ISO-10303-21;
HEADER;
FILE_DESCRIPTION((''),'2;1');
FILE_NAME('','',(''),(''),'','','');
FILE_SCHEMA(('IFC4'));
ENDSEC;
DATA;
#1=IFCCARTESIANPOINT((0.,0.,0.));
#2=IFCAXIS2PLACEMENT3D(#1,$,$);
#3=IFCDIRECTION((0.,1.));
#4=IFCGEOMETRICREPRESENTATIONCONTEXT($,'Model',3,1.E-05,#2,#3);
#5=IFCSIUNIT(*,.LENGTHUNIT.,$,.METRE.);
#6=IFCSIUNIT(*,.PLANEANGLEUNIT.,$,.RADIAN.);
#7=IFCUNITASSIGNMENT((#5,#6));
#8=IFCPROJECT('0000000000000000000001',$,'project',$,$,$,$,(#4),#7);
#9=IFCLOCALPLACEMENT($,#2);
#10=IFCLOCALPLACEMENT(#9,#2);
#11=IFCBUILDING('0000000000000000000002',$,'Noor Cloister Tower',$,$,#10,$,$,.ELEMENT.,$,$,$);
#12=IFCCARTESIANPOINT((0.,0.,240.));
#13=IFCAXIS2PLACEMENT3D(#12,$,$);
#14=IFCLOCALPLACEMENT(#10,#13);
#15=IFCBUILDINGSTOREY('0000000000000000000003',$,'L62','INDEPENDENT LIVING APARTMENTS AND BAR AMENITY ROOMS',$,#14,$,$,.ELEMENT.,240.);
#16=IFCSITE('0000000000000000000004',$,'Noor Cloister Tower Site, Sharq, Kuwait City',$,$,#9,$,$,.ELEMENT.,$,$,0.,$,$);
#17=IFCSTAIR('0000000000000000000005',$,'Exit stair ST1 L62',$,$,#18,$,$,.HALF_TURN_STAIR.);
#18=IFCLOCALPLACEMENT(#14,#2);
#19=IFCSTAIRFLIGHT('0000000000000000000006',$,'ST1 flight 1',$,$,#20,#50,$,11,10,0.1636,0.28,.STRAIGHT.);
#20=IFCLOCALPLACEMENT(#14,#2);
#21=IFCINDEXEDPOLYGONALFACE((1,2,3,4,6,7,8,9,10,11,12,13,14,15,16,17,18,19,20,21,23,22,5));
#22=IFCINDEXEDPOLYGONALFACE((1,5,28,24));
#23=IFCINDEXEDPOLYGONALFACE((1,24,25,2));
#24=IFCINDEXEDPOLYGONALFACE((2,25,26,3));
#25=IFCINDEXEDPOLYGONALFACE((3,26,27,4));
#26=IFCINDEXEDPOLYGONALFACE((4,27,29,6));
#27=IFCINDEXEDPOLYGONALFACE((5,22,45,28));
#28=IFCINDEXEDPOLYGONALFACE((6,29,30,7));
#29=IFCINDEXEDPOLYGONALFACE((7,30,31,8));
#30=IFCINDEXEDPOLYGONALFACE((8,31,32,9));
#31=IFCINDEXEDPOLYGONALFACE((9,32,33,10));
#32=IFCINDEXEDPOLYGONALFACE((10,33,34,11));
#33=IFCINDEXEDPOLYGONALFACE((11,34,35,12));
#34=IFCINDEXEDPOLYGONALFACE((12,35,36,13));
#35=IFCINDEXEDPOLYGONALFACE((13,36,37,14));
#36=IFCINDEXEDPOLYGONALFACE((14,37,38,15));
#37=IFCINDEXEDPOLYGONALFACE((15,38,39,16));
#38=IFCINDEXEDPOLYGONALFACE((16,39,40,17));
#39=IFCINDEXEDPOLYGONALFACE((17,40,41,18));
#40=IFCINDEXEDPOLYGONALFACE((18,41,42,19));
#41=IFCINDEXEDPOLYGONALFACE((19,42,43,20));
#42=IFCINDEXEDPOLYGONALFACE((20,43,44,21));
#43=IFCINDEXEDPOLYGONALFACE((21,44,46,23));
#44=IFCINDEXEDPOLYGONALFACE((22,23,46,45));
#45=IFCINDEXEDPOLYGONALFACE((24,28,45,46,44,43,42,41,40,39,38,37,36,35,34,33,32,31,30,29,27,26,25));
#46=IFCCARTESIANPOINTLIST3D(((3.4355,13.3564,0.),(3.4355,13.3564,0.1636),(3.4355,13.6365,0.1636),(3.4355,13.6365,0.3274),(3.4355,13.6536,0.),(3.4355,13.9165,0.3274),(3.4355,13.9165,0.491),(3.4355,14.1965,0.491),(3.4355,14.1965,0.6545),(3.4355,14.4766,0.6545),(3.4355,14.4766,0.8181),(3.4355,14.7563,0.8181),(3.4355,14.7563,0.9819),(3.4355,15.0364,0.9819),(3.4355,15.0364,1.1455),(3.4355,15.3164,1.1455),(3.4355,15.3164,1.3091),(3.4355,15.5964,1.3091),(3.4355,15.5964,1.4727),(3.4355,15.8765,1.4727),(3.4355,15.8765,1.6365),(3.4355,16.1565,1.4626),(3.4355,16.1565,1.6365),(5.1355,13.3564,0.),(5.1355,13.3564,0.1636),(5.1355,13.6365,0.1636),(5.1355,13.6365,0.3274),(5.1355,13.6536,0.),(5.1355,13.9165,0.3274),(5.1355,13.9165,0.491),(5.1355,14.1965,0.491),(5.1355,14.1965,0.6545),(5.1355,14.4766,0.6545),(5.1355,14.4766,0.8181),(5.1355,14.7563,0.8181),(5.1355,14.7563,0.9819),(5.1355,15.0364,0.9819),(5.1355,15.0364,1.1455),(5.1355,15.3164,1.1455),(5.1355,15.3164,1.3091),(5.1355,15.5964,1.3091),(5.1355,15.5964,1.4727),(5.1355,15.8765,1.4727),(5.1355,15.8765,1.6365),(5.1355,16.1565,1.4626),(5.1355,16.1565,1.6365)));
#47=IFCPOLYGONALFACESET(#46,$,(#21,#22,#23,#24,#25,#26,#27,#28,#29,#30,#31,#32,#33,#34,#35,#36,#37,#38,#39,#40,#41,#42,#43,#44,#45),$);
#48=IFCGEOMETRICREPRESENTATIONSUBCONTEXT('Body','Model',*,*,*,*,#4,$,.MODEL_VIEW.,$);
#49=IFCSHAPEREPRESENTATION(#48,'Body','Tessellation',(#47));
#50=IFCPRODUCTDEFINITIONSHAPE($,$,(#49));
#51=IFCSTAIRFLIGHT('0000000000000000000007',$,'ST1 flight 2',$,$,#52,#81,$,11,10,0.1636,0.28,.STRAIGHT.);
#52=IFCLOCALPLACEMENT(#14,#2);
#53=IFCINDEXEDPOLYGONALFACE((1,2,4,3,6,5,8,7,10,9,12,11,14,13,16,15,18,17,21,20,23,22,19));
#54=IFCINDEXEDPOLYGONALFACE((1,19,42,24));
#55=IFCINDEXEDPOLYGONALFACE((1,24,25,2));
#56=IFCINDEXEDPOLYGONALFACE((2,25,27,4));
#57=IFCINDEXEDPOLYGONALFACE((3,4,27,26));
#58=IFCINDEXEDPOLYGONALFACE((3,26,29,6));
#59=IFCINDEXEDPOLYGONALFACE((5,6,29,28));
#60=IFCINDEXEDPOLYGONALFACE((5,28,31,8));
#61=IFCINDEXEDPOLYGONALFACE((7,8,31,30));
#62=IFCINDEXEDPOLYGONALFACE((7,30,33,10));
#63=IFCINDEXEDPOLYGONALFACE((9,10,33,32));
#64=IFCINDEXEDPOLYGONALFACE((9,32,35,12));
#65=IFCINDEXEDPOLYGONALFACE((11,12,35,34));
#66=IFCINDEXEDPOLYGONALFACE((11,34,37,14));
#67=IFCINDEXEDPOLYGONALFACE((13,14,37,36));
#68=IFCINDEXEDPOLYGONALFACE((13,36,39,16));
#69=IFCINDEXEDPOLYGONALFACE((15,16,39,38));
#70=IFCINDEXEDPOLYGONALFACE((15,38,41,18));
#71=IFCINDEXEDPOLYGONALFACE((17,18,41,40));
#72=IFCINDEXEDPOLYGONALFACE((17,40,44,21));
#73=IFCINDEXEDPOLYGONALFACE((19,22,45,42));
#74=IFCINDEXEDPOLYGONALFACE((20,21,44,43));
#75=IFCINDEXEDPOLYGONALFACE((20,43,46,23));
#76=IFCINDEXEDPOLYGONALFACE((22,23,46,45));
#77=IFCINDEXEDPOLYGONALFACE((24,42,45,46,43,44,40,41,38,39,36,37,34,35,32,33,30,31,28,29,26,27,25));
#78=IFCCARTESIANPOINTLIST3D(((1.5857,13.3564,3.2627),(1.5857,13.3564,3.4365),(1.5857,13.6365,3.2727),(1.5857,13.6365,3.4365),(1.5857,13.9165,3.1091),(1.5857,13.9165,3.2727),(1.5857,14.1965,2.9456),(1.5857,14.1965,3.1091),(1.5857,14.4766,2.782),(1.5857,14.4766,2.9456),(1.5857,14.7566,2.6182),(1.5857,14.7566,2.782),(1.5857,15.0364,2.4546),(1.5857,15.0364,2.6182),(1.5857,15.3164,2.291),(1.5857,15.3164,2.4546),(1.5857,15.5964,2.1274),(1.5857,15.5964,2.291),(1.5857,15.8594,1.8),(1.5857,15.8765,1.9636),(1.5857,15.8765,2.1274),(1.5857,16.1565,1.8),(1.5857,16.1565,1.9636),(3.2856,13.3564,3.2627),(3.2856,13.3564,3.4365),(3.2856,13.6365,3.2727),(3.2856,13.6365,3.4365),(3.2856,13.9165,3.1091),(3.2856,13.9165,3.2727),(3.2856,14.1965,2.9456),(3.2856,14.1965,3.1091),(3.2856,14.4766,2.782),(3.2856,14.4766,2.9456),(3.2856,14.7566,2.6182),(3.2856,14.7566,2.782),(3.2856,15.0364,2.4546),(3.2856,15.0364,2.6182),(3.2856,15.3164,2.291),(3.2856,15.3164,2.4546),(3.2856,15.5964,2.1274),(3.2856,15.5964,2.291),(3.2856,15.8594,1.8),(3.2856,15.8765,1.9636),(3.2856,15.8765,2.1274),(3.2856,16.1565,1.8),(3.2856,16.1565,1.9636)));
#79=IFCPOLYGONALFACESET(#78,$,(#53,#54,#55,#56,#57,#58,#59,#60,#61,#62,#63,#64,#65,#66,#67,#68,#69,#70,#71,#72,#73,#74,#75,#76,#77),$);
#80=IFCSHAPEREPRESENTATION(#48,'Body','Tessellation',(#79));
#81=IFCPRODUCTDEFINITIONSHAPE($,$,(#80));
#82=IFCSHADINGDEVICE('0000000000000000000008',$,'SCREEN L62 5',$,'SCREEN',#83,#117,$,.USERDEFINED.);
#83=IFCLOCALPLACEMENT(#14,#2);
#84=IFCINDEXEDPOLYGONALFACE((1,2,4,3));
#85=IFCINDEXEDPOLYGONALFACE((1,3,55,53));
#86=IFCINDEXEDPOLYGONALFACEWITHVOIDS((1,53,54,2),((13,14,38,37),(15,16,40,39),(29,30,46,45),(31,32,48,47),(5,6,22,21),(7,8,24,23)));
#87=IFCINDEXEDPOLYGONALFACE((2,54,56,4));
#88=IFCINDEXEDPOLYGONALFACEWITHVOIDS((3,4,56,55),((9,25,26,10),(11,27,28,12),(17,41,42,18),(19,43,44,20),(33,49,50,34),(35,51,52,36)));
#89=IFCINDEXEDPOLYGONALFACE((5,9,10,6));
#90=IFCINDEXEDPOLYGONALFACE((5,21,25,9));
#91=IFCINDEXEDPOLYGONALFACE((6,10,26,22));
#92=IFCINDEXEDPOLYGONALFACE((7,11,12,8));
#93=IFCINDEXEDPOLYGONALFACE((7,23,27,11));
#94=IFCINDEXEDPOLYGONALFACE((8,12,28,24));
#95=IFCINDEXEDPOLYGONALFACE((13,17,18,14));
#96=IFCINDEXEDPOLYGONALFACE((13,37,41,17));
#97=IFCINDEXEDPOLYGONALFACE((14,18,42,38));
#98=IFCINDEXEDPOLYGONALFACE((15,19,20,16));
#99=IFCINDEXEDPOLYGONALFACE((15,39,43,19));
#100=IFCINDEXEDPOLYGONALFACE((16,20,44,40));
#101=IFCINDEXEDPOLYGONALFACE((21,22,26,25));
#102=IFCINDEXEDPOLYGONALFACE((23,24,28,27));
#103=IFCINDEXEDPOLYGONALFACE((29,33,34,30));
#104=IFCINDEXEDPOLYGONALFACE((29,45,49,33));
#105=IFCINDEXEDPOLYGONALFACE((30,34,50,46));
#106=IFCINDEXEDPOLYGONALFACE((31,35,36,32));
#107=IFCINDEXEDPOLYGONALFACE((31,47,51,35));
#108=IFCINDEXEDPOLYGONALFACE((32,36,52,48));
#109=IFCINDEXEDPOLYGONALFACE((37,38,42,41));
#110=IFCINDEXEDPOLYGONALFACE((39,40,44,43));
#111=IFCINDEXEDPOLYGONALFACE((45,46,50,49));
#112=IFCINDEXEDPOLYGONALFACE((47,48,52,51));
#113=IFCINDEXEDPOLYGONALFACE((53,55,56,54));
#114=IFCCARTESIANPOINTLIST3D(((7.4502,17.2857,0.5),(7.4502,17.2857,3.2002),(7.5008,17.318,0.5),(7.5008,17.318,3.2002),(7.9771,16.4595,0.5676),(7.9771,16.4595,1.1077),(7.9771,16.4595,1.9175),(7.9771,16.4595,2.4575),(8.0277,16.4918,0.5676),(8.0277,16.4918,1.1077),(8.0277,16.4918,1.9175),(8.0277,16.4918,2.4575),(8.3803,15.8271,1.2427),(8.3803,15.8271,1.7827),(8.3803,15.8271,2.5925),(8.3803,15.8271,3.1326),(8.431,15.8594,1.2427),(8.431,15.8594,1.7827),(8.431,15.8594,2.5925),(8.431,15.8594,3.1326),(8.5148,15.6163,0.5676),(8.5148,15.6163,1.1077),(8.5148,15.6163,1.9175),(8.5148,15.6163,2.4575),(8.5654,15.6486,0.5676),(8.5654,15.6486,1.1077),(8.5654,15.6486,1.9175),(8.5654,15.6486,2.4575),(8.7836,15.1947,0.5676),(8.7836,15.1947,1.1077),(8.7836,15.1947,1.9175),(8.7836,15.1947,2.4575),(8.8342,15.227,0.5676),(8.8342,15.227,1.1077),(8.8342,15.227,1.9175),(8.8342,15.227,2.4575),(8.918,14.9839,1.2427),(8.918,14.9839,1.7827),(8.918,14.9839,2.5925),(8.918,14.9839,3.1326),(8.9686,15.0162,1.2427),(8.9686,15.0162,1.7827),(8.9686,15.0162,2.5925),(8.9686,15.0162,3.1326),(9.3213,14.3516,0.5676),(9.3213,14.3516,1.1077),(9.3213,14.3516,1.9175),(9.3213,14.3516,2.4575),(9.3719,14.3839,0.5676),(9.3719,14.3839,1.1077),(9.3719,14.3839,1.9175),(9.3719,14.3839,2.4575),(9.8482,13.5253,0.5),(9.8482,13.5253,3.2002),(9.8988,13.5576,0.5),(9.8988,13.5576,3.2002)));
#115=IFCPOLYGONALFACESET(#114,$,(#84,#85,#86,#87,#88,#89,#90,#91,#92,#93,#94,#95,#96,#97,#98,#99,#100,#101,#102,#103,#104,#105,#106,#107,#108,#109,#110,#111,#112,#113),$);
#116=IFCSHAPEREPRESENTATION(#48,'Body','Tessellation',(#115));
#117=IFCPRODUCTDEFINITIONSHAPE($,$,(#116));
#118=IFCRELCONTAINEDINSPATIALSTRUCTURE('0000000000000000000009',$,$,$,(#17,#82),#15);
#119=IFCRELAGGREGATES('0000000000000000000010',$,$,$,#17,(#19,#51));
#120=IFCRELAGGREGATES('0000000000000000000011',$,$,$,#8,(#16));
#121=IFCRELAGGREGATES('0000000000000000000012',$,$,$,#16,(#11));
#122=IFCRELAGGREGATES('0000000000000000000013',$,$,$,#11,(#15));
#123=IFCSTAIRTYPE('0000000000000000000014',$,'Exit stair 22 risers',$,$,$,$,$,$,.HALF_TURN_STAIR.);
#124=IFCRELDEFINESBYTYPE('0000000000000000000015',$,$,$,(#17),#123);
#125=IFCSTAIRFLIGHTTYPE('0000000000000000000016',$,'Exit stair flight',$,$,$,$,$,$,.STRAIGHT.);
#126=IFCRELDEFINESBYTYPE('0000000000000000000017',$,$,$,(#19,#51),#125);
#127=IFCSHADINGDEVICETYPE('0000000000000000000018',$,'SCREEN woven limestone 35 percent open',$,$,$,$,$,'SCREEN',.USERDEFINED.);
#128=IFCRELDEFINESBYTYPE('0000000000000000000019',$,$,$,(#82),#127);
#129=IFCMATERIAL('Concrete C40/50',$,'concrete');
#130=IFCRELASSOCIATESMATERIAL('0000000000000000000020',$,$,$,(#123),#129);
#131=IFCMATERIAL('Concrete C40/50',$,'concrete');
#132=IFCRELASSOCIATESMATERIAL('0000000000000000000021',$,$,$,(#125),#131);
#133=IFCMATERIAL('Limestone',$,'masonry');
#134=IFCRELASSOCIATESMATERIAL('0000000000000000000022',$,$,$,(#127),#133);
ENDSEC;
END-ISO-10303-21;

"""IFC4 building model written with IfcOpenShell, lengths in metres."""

from ifc_helpers import new_model, si_unit, direction, frame, origin, place, context, subcontext, project, spatial, polyline, outline, extrude, material, material_profile, profile_set, type_object, element, aggregate, save


model = new_model("IFC4")

# Units and contexts
model_context = context("Model", 3, precision=1e-05, world=origin(), true_north=direction((0.0, 1.0)))
body_context = subcontext(model_context, "Body", "Model", "MODEL_VIEW")
ifc_project = project(units=[si_unit("LENGTHUNIT", "METRE"), si_unit("PLANEANGLEUNIT", "RADIAN")], contexts=[model_context])

# Site, building, storey
site_placement = place(None, origin())
site = spatial("IfcSite", under=ifc_project, at=site_placement, Name="Noor Cloister Tower Site, Sharq, Kuwait City", CompositionType="ELEMENT", RefElevation=0.0)
building_placement = place(site_placement, origin())
building = spatial("IfcBuilding", under=site, at=building_placement, Name="Noor Cloister Tower", CompositionType="ELEMENT")
storey_placement = place(building_placement, frame((0.0, 0.0, 240.0)))
storey = spatial("IfcBuildingStorey", under=building, at=storey_placement, Name="L62", Description="INDEPENDENT LIVING APARTMENTS AND BAR AMENITY ROOMS", CompositionType="ELEMENT", Elevation=240.0)

# Stair, stair flights
ifc_material_1 = material(Name="Concrete C40/50", Category="concrete")
stair_type = type_object("IfcStairType", Name="Exit stair 22 risers", PredefinedType="HALF_TURN_STAIR", material=ifc_material_1)
stair_placement = place(storey_placement, origin())
stair = element("IfcStair", 1, at=stair_placement, inside=storey, type_object=stair_type, Name="Exit stair ST1 L62", PredefinedType="HALF_TURN_STAIR")
ifc_material_2 = material(Name="Concrete C40/50", Category="concrete")
stair_flight_type = type_object("IfcStairFlightType", Name="Exit stair flight", PredefinedType="STRAIGHT", material=ifc_material_2)
stair_flight_1_placement = place(storey_placement, frame((4.2856, 13.3564, 0.0), z_axis=(0.0, 0.0, 1.0), x_axis=(0.0, 1.0, 0.0)))
stair_flight_1 = element("IfcStairFlight", 2, at=stair_flight_1_placement, type_object=stair_flight_type, Name="ST1 flight 1", NumberOfRisers=11, NumberOfTreads=10, PredefinedType="STRAIGHT", RiserHeight=0.1636, TreadLength=0.28, context=body_context, shape_type="SweptSolid", body=[
    extrude(outline(polyline([(0.0, 0.0), (0.0, 0.1636), (0.28, 0.1636), (0.28, 0.3274), (0.5601, 0.3274), (0.5601, 0.491), (0.8401, 0.491), (0.8401, 0.6545), (1.1201, 0.6545), (1.1201, 0.8181), (1.3999, 0.8181), (1.3999, 0.9819), (1.6799, 0.9819), (1.6799, 1.1455), (1.96, 1.1455), (1.96, 1.3091), (2.24, 1.3091), (2.24, 1.4727), (2.52, 1.4727), (2.52, 1.6365), (2.8, 1.6365), (2.8, 1.8), (2.8, 1.4626), (0.2971, 0.0), (0.0, 0.0)])), frame((0.0, 0.8501, 0.0), z_axis=(0.0, -1.0, 0.0), x_axis=(1.0, 0.0, 0.0)), (0.0, 0.0, 1.0), 1.7),
])
stair_flight_2_placement = place(storey_placement, frame((2.4355, 16.1565, 1.8), z_axis=(0.0, 0.0, 1.0), x_axis=(0.0, -1.0, 0.0)))
stair_flight_2 = element("IfcStairFlight", 3, at=stair_flight_2_placement, type_object=stair_flight_type, Name="ST1 flight 2", NumberOfRisers=11, NumberOfTreads=10, PredefinedType="STRAIGHT", RiserHeight=0.1636, TreadLength=0.28, context=body_context, shape_type="SweptSolid", body=[
    extrude(outline(polyline([(0.0, 0.0), (0.0, 0.1636), (0.28, 0.1636), (0.28, 0.3274), (0.5601, 0.3274), (0.5601, 0.491), (0.8401, 0.491), (0.8401, 0.6545), (1.1201, 0.6545), (1.1201, 0.8181), (1.3999, 0.8181), (1.3999, 0.9819), (1.6799, 0.9819), (1.6799, 1.1455), (1.96, 1.1455), (1.96, 1.3091), (2.24, 1.3091), (2.24, 1.4727), (2.52, 1.4727), (2.52, 1.6365), (2.8, 1.6365), (2.8, 1.8), (2.8, 1.4626), (0.2971, 0.0), (0.0, 0.0)])), frame((0.0, 0.8501, 0.0), z_axis=(0.0, -1.0, 0.0), x_axis=(1.0, 0.0, 0.0)), (0.0, 0.0, 1.0), 1.7),
])
aggregate(stair, [stair_flight_1, stair_flight_2])

# Shading device
ifc_material_3 = material(Name="Limestone", Category="masonry")
ifc_material_profile_1 = material_profile(ifc_material_3, outline(polyline([(-2.23, -1.3501), (2.23, -1.3501), (2.23, 1.3501), (-2.23, 1.3501), (-2.23, -1.3501)]), holes=[polyline([(-1.25, -1.2825), (-0.25, -1.2825), (-0.25, -0.7424), (-1.25, -0.7424), (-1.25, -1.2825)]), polyline([(0.25, -1.2825), (1.25, -1.2825), (1.25, -0.7424), (0.25, -0.7424), (0.25, -1.2825)]), polyline([(-0.5, -0.6074), (0.5, -0.6074), (0.5, -0.0674), (-0.5, -0.0674), (-0.5, -0.6074)]), polyline([(-1.25, 0.0674), (-0.25, 0.0674), (-0.25, 0.6074), (-1.25, 0.6074), (-1.25, 0.0674)]), polyline([(0.25, 0.0674), (1.25, 0.0674), (1.25, 0.6074), (0.25, 0.6074), (0.25, 0.0674)]), polyline([(-0.5, 0.7424), (0.5, 0.7424), (0.5, 1.2825), (-0.5, 1.2825), (-0.5, 0.7424)])]), Name="Woven screen 35 percent open")
ifc_profile_set_1 = profile_set([ifc_material_profile_1], Name="Limestone")
shading_device_type = type_object("IfcShadingDeviceType", Name="SCREEN woven limestone 35 percent open", ElementType="SCREEN", PredefinedType="USERDEFINED", material=ifc_profile_set_1)
shading_device_placement = place(storey_placement, frame((8.6492, 15.4055, 1.8501), z_axis=(0.843158, 0.537666, 0.0), x_axis=(-0.537666, 0.843158, 0.0)))
element("IfcShadingDevice", 4, at=shading_device_placement, inside=storey, type_object=shading_device_type, Name="SCREEN L62 5", ObjectType="SCREEN", PredefinedType="USERDEFINED", context=body_context, shape_type="SweptSolid", body=[
    extrude(outline(polyline([(-2.23, -1.3501), (2.23, -1.3501), (2.23, 1.3501), (-2.23, 1.3501), (-2.23, -1.3501)]), holes=[polyline([(-1.25, -1.2825), (-0.25, -1.2825), (-0.25, -0.7424), (-1.25, -0.7424), (-1.25, -1.2825)]), polyline([(0.25, -1.2825), (1.25, -1.2825), (1.25, -0.7424), (0.25, -0.7424), (0.25, -1.2825)]), polyline([(-0.5, -0.6074), (0.5, -0.6074), (0.5, -0.0674), (-0.5, -0.0674), (-0.5, -0.6074)]), polyline([(-1.25, 0.0674), (-0.25, 0.0674), (-0.25, 0.6074), (-1.25, 0.6074), (-1.25, 0.0674)]), polyline([(0.25, 0.0674), (1.25, 0.0674), (1.25, 0.6074), (0.25, 0.6074), (0.25, 0.0674)]), polyline([(-0.5, 0.7424), (0.5, 0.7424), (0.5, 1.2825), (-0.5, 1.2825), (-0.5, 0.7424)])]), origin(), (0.0, 0.0, 1.0), 0.0601),
])

save(model, "model.ifc")
